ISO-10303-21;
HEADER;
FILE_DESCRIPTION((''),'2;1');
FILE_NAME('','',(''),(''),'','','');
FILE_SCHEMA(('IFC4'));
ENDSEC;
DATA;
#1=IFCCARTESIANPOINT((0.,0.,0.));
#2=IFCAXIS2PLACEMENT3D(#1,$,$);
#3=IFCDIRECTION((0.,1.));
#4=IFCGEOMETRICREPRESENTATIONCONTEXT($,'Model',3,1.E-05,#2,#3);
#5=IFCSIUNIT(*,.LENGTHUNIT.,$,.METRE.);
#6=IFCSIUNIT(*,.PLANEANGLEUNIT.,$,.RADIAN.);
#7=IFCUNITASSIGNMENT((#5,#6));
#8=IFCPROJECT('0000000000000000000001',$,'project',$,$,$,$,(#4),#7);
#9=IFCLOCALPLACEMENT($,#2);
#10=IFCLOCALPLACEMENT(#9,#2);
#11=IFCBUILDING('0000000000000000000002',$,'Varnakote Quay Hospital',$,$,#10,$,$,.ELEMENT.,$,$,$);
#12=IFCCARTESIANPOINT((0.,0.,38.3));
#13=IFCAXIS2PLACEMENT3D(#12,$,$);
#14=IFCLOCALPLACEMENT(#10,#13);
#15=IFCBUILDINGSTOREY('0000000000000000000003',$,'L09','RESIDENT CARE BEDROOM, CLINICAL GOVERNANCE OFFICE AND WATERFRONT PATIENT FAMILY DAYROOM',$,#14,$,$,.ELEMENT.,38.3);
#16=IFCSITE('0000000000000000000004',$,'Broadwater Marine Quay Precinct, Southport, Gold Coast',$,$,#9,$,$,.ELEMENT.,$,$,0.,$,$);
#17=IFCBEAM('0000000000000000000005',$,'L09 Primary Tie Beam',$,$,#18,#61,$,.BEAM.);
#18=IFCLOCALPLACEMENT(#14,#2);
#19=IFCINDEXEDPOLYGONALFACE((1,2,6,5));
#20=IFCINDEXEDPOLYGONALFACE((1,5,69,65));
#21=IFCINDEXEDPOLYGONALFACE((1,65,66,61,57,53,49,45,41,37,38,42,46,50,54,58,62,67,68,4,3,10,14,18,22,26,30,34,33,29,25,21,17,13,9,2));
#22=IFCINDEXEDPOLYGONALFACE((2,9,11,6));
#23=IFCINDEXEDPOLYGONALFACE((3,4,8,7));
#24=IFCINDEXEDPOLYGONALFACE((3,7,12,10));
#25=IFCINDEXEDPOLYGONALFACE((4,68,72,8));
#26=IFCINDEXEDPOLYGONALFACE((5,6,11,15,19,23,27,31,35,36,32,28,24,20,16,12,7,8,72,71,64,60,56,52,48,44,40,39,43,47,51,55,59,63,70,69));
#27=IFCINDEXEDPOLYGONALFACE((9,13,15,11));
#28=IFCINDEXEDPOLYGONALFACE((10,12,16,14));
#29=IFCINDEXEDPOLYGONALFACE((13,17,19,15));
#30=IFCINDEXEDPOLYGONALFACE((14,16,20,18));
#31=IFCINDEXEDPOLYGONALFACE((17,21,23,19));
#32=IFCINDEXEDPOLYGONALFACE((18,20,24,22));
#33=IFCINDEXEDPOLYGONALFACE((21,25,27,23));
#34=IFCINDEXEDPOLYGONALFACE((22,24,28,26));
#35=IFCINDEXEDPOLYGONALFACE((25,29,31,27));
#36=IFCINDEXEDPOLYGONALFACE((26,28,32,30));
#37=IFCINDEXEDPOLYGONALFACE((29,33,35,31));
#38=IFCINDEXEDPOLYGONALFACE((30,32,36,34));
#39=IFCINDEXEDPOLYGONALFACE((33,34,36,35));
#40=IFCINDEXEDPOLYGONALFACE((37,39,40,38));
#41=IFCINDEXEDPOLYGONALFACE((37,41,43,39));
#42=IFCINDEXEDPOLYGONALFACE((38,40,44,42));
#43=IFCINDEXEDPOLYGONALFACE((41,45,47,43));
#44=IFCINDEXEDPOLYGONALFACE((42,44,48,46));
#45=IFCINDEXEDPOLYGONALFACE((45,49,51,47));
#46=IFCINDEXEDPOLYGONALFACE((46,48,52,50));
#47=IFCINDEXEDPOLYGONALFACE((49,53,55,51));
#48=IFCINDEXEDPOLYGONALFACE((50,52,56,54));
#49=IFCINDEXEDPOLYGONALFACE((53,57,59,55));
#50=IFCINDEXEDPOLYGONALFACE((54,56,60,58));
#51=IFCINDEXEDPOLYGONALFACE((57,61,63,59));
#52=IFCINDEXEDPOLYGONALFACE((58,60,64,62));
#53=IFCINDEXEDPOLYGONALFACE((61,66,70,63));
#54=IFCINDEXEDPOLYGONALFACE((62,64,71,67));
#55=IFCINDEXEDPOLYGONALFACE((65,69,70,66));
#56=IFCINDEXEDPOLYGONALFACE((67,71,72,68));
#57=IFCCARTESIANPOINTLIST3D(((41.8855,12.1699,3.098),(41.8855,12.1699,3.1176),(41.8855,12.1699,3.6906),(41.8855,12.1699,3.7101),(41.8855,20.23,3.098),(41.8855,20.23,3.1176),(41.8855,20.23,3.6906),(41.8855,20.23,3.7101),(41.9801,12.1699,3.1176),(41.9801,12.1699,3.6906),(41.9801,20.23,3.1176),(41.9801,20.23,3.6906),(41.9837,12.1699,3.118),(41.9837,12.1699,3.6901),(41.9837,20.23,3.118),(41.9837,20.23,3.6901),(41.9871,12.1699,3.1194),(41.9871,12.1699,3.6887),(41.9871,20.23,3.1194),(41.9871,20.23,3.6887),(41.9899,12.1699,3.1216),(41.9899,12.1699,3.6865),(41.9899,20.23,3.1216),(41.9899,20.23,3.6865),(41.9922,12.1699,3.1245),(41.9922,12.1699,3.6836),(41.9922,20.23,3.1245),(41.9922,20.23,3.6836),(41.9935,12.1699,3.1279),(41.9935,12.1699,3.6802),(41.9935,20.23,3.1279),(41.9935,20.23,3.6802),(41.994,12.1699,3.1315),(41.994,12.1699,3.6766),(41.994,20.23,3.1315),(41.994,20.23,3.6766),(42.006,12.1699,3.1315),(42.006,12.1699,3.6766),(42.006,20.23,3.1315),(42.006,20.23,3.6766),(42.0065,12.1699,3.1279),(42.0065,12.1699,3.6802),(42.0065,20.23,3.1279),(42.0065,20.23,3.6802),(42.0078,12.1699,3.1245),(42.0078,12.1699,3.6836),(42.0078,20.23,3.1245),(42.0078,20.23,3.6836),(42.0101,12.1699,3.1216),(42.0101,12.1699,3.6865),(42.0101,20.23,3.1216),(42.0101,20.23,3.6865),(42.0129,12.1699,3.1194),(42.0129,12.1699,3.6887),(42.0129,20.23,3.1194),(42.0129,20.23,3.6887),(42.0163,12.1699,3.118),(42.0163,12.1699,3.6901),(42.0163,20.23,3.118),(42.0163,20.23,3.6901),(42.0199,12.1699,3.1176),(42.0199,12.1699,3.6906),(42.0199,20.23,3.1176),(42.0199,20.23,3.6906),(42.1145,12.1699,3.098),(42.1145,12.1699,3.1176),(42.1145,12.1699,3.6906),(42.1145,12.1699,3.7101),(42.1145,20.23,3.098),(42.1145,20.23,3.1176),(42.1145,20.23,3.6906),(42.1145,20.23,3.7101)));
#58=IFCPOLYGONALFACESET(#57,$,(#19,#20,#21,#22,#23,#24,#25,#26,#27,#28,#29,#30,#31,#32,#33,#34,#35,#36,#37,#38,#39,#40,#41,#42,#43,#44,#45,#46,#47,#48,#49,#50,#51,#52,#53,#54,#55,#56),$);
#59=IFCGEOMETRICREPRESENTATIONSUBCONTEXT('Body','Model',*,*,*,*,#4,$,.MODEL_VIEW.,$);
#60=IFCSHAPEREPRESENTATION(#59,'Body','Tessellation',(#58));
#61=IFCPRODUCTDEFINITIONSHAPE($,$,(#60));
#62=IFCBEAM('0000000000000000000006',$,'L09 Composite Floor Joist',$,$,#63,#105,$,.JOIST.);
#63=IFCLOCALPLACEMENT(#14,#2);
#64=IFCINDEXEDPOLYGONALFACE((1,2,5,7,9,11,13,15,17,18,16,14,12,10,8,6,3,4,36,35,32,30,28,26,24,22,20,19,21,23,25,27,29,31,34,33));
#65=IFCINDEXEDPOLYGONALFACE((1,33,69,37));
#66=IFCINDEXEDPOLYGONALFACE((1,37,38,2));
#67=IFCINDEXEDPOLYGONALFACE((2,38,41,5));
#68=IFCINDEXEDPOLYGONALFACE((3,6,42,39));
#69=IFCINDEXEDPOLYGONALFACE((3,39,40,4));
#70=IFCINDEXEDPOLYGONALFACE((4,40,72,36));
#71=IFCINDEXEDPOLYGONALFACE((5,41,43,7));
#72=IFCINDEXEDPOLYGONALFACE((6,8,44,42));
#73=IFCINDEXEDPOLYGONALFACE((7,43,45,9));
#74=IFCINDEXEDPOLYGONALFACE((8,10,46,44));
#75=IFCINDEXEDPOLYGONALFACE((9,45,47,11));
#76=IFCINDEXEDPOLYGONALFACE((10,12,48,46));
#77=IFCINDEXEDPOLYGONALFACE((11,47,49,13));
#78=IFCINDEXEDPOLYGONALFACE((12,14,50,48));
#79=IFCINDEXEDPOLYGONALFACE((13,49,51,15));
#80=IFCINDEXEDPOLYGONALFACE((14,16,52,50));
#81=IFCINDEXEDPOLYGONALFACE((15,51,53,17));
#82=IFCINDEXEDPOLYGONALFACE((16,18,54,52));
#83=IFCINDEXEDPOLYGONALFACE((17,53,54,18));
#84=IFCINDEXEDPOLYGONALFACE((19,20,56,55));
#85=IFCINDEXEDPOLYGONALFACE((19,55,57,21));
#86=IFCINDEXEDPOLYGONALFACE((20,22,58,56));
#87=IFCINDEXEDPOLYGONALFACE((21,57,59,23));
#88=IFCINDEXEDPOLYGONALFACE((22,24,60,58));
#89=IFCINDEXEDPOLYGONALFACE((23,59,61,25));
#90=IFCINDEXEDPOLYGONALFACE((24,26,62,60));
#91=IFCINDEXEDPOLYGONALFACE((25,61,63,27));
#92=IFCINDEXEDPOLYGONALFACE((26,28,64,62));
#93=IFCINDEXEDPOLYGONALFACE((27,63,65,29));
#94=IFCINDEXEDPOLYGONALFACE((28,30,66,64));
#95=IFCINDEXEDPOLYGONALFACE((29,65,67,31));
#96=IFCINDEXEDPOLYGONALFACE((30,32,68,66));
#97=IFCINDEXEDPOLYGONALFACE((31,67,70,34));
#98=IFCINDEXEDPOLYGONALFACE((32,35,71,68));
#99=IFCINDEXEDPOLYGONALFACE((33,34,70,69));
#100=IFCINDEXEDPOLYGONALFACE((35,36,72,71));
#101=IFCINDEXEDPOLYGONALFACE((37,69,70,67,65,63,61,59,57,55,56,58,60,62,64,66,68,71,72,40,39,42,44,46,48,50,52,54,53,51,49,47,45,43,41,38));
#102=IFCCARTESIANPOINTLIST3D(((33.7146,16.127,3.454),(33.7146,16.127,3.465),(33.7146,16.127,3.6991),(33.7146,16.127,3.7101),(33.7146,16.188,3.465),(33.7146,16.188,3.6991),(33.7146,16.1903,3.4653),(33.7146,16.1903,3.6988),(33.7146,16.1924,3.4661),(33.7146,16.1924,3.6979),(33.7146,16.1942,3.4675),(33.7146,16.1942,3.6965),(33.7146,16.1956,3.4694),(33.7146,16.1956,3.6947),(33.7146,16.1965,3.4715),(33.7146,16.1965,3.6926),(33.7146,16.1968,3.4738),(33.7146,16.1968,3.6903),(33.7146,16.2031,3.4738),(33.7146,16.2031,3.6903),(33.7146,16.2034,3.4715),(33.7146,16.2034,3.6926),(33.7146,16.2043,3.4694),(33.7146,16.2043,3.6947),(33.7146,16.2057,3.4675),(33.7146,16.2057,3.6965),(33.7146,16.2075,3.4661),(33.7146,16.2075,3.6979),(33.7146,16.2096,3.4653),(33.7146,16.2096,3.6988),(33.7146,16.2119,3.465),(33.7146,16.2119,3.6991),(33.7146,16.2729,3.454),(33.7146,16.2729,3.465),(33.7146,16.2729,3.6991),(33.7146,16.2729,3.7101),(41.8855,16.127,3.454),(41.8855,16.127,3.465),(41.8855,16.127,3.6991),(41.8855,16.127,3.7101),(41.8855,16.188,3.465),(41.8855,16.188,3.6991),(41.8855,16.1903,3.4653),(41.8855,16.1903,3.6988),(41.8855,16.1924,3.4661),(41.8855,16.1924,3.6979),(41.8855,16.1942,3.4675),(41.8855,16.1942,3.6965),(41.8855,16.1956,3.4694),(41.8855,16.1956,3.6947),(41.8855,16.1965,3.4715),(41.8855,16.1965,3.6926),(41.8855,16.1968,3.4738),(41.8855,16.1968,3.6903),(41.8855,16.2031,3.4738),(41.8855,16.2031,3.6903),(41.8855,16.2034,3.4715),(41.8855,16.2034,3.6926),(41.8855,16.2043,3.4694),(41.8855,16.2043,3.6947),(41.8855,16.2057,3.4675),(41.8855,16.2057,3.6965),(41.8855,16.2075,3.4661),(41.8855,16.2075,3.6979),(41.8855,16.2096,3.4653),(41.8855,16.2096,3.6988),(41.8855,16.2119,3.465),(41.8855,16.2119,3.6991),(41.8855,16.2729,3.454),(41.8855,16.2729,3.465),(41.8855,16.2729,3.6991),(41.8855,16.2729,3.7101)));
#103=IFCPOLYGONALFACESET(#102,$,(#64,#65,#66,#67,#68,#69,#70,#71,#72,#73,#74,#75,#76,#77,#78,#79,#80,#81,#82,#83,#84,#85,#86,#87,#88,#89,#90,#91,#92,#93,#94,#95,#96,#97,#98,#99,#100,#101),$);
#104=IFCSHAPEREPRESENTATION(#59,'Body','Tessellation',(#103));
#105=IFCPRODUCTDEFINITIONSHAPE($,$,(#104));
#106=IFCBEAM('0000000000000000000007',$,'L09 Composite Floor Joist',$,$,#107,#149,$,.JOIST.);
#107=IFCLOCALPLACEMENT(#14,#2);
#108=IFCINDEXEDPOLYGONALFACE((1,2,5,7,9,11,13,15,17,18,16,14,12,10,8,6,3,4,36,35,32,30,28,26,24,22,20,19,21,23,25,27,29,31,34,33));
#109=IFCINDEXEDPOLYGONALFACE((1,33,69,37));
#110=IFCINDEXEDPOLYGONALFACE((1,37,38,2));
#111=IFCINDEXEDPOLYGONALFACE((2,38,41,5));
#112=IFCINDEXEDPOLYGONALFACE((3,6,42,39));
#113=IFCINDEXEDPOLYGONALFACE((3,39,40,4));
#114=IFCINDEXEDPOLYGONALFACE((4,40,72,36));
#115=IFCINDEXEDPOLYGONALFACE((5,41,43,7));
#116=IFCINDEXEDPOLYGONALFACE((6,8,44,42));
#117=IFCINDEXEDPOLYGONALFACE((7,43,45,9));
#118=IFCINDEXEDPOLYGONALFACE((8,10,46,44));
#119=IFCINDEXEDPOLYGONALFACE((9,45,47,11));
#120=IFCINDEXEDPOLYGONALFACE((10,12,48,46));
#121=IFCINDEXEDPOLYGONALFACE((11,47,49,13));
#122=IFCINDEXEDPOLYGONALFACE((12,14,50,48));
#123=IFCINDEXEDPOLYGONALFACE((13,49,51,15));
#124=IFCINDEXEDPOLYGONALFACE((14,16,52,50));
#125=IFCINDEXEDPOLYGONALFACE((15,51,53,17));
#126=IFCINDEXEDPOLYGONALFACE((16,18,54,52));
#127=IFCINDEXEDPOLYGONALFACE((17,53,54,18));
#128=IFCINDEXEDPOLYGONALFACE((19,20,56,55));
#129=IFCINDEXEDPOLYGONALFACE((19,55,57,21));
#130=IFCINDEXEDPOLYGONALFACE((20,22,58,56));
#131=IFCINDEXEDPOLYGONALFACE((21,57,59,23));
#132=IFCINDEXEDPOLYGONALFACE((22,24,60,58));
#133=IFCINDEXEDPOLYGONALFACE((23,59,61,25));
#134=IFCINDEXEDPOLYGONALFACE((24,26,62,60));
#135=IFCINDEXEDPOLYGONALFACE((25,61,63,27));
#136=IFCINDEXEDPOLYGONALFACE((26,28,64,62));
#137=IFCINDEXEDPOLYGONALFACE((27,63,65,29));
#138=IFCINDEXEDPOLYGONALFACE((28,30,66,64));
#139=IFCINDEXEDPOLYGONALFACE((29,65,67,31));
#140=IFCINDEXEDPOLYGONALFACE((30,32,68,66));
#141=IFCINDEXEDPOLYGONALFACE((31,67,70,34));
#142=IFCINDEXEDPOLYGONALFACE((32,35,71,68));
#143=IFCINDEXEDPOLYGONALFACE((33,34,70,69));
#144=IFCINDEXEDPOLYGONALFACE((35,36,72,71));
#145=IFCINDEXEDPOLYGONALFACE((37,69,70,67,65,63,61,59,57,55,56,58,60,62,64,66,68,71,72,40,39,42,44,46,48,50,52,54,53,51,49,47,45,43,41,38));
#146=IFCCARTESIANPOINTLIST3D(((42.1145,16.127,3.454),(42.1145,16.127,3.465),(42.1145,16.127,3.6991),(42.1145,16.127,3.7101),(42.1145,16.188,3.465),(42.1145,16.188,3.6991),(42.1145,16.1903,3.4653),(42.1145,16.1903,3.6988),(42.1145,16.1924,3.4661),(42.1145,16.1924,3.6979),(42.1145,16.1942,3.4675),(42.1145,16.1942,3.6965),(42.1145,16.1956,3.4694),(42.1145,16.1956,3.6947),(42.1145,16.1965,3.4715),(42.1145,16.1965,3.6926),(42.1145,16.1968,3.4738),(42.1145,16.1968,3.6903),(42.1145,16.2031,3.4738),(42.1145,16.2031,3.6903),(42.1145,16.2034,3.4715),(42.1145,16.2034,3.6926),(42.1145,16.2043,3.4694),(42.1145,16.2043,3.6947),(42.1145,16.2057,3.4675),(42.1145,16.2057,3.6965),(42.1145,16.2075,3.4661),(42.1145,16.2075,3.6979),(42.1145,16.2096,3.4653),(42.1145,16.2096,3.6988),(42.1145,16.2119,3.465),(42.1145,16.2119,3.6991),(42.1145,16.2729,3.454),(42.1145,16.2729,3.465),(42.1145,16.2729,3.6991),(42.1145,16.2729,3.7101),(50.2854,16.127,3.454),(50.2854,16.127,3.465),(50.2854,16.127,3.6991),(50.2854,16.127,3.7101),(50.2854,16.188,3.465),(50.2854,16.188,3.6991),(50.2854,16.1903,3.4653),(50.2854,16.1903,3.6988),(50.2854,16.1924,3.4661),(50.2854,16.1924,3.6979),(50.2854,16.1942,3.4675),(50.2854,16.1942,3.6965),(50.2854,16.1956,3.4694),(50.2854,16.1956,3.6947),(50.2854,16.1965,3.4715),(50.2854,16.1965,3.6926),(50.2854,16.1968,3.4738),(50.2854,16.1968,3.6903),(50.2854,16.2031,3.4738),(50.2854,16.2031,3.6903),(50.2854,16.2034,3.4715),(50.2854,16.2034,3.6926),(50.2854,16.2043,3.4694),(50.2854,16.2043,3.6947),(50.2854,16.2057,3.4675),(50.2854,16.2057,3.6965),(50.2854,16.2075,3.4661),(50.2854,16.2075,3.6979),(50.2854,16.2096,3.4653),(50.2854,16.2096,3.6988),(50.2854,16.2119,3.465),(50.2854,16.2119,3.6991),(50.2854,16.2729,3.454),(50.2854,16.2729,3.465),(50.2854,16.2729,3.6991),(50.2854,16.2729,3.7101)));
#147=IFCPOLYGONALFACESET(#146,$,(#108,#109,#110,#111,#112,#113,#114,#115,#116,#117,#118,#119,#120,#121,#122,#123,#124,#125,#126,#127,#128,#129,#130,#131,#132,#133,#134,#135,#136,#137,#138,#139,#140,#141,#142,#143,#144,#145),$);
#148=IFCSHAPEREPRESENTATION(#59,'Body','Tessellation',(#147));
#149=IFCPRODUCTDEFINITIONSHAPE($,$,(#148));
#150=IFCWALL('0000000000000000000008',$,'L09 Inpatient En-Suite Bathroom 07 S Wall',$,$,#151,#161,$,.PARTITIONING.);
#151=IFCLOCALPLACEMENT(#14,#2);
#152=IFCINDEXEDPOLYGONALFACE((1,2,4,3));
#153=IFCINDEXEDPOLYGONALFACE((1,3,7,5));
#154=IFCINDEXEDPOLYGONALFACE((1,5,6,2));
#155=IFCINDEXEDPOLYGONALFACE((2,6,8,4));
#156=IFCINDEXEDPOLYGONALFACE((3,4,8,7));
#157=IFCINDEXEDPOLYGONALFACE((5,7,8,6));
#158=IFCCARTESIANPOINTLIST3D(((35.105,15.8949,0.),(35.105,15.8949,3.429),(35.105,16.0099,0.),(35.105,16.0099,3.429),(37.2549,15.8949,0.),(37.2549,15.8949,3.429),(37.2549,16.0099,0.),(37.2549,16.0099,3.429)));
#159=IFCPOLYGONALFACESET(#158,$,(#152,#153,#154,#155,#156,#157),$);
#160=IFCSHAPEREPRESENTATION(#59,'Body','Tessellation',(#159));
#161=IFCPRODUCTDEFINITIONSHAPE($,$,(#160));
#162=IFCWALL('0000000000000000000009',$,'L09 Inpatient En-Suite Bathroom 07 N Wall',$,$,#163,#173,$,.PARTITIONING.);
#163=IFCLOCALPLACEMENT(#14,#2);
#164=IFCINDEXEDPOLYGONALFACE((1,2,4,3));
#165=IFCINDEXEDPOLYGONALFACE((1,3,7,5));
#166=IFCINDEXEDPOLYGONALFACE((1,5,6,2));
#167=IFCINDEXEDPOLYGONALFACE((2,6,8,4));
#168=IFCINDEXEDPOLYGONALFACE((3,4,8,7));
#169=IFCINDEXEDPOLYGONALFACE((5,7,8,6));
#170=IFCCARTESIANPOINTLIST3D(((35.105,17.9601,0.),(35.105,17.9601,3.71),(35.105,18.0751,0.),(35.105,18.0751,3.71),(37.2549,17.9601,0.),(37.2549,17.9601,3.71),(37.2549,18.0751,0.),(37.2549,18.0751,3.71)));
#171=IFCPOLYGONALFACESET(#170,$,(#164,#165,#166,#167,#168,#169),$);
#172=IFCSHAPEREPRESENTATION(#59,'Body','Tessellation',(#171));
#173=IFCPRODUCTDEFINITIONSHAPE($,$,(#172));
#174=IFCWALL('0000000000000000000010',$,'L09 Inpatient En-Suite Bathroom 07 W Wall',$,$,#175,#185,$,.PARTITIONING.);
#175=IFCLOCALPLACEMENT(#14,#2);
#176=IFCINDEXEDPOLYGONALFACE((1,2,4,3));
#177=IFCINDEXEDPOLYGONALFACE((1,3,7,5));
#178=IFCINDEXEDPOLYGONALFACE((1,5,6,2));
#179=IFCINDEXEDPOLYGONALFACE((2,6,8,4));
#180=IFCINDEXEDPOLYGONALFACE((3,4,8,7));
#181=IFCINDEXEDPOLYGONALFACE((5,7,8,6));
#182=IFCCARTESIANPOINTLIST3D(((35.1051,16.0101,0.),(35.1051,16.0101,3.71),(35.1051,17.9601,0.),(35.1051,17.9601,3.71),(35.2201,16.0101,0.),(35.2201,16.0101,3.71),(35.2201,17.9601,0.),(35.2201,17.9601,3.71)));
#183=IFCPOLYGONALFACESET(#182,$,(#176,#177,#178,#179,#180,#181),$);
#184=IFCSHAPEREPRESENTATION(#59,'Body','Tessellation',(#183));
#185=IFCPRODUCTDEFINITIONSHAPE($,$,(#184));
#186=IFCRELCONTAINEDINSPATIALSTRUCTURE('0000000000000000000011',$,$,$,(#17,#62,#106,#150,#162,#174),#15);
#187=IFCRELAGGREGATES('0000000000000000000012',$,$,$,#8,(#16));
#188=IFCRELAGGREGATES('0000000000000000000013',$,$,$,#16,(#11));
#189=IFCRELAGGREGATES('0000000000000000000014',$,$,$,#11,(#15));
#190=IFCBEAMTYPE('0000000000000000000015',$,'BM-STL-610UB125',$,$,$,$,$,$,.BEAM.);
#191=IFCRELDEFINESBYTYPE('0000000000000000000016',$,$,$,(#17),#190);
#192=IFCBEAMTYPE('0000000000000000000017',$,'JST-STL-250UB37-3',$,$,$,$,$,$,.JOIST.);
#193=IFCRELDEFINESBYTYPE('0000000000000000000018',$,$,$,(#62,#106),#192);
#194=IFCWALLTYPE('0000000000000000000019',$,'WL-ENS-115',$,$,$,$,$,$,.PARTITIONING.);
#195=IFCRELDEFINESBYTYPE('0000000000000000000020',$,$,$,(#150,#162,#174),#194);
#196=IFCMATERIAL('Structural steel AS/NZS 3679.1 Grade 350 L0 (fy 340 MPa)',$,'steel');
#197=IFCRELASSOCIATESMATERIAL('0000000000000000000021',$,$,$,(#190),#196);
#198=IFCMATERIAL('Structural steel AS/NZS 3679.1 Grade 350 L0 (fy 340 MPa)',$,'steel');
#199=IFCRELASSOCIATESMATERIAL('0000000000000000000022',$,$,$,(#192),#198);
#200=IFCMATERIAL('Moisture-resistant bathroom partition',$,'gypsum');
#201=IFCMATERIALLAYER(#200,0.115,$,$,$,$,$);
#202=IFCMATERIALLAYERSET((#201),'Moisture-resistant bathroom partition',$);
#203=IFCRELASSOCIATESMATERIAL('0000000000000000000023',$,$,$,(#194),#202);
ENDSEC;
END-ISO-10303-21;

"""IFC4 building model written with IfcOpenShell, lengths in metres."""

from ifc_helpers import new_model, si_unit, direction, frame, frame_2d, origin, origin_2d, place, context, subcontext, project, spatial, rectangle, i_section, extrude, material, layer, layer_set, material_profile, profile_set, type_object, element, save


model = new_model("IFC4")

# Units and contexts
model_context = context("Model", 3, precision=1e-05, world=origin(), true_north=direction((0.0, 1.0)))
body_context = subcontext(model_context, "Body", "Model", "MODEL_VIEW")
ifc_project = project(units=[si_unit("LENGTHUNIT", "METRE"), si_unit("PLANEANGLEUNIT", "RADIAN")], contexts=[model_context])

# Site, building, storey
site_placement = place(None, origin())
site = spatial("IfcSite", under=ifc_project, at=site_placement, Name="Broadwater Marine Quay Precinct, Southport, Gold Coast", CompositionType="ELEMENT", RefElevation=0.0)
building_placement = place(site_placement, origin())
building = spatial("IfcBuilding", under=site, at=building_placement, Name="Varnakote Quay Hospital", CompositionType="ELEMENT")
storey_placement = place(building_placement, frame((0.0, 0.0, 38.3)))
storey = spatial("IfcBuildingStorey", under=building, at=storey_placement, Name="L09", Description="RESIDENT CARE BEDROOM, CLINICAL GOVERNANCE OFFICE AND WATERFRONT PATIENT FAMILY DAYROOM", CompositionType="ELEMENT", Elevation=38.3)

# Beams
ifc_material_1 = material(Name="Structural steel AS/NZS 3679.1 Grade 350 L0 (fy 340 MPa)", Category="steel")
ifc_material_profile_1 = material_profile(ifc_material_1, i_section(OverallWidth=0.229, OverallDepth=0.6121, WebThickness=0.012, FlangeThickness=0.0195, FilletRadius=0.0139, at=origin_2d()), Name="610UB125")
ifc_profile_set_1 = profile_set([ifc_material_profile_1], Name="Structural steel AS/NZS 3679.1 Grade 350 L0 (fy 340 MPa)")
beam_type_1 = type_object("IfcBeamType", Name="BM-STL-610UB125", PredefinedType="BEAM", material=ifc_profile_set_1)
beam_1_placement = place(storey_placement, frame((42.0, 12.1699, 3.4041), z_axis=(0.0, 1.0, 0.0), x_axis=(-1.0, 0.0, 0.0)))
element("IfcBeam", 1, at=beam_1_placement, inside=storey, type_object=beam_type_1, Name="L09 Primary Tie Beam", PredefinedType="BEAM", context=body_context, shape_type="SweptSolid", body=[
    extrude(i_section(OverallWidth=0.229, OverallDepth=0.6121, WebThickness=0.012, FlangeThickness=0.0195, FilletRadius=0.0139, at=origin_2d()), origin(), (0.0, 0.0, 1.0), 8.0601),
])
ifc_material_2 = material(Name="Structural steel AS/NZS 3679.1 Grade 350 L0 (fy 340 MPa)", Category="steel")
ifc_material_profile_2 = material_profile(ifc_material_2, i_section(OverallWidth=0.146, OverallDepth=0.2561, WebThickness=0.0063, FlangeThickness=0.011, FilletRadius=0.0088, at=origin_2d()), Name="250UB37.3")
ifc_profile_set_2 = profile_set([ifc_material_profile_2], Name="Structural steel AS/NZS 3679.1 Grade 350 L0 (fy 340 MPa)")
beam_type_2 = type_object("IfcBeamType", Name="JST-STL-250UB37-3", PredefinedType="JOIST", material=ifc_profile_set_2)
for number, where, z_axis, x_axis, name in (
    (2, (33.7146, 16.2, 3.582), (1.0, 0.0, 0.0), (0.0, 1.0, 0.0), "L09 Composite Floor Joist"),
    (3, (42.1145, 16.2, 3.582), (1.0, 0.0, 0.0), (0.0, 1.0, 0.0), "L09 Composite Floor Joist"),
):
    element("IfcBeam", number, at=place(storey_placement, frame(where, z_axis=z_axis, x_axis=x_axis)), inside=storey, type_object=beam_type_2, Name=name, PredefinedType="JOIST", context=body_context, shape_type="SweptSolid", body=[
        extrude(i_section(OverallWidth=0.146, OverallDepth=0.2561, WebThickness=0.0063, FlangeThickness=0.011, FilletRadius=0.0088, at=origin_2d()), origin(), (0.0, 0.0, 1.0), 8.1709),
    ])

# Walls
ifc_material_3 = material(Name="Moisture-resistant bathroom partition", Category="gypsum")
ifc_layer_1 = layer(ifc_material_3, 0.115)
ifc_layer_set_1 = layer_set([ifc_layer_1], Name="Moisture-resistant bathroom partition")
wall_type_1 = type_object("IfcWallType", Name="WL-ENS-115", PredefinedType="PARTITIONING", material=ifc_layer_set_1)
wall_1_placement = place(storey_placement, frame((35.105, 15.9524, 0.0), z_axis=(0.0, 0.0, 1.0), x_axis=(1.0, 0.0, 0.0)))
element("IfcWall", 4, at=wall_1_placement, inside=storey, type_object=wall_type_1, Name="L09 Inpatient En-Suite Bathroom 07 S Wall", PredefinedType="PARTITIONING", context=body_context, shape_type="SweptSolid", body=[
    extrude(rectangle(XDim=2.1499, YDim=0.115, at=frame_2d((1.075, 0.0))), origin(), (0.0, 0.0, 1.0), 3.429),
])
wall_2_placement = place(storey_placement, frame((35.105, 18.0176, 0.0), z_axis=(0.0, 0.0, 1.0), x_axis=(1.0, 0.0, 0.0)))
element("IfcWall", 5, at=wall_2_placement, inside=storey, type_object=wall_type_1, Name="L09 Inpatient En-Suite Bathroom 07 N Wall", PredefinedType="PARTITIONING", context=body_context, shape_type="SweptSolid", body=[
    extrude(rectangle(XDim=2.1499, YDim=0.115, at=frame_2d((1.075, 0.0))), origin(), (0.0, 0.0, 1.0), 3.71),
])
wall_3_placement = place(storey_placement, frame((35.1626, 16.01, 0.0), z_axis=(0.0, 0.0, 1.0), x_axis=(0.0, 1.0, 0.0)))
element("IfcWall", 6, at=wall_3_placement, inside=storey, type_object=wall_type_1, Name="L09 Inpatient En-Suite Bathroom 07 W Wall", PredefinedType="PARTITIONING", context=body_context, shape_type="SweptSolid", body=[
    extrude(rectangle(XDim=1.95, YDim=0.115, at=frame_2d((0.9751, 0.0))), origin(), (0.0, 0.0, 1.0), 3.71),
])

save(model, "model.ifc")
